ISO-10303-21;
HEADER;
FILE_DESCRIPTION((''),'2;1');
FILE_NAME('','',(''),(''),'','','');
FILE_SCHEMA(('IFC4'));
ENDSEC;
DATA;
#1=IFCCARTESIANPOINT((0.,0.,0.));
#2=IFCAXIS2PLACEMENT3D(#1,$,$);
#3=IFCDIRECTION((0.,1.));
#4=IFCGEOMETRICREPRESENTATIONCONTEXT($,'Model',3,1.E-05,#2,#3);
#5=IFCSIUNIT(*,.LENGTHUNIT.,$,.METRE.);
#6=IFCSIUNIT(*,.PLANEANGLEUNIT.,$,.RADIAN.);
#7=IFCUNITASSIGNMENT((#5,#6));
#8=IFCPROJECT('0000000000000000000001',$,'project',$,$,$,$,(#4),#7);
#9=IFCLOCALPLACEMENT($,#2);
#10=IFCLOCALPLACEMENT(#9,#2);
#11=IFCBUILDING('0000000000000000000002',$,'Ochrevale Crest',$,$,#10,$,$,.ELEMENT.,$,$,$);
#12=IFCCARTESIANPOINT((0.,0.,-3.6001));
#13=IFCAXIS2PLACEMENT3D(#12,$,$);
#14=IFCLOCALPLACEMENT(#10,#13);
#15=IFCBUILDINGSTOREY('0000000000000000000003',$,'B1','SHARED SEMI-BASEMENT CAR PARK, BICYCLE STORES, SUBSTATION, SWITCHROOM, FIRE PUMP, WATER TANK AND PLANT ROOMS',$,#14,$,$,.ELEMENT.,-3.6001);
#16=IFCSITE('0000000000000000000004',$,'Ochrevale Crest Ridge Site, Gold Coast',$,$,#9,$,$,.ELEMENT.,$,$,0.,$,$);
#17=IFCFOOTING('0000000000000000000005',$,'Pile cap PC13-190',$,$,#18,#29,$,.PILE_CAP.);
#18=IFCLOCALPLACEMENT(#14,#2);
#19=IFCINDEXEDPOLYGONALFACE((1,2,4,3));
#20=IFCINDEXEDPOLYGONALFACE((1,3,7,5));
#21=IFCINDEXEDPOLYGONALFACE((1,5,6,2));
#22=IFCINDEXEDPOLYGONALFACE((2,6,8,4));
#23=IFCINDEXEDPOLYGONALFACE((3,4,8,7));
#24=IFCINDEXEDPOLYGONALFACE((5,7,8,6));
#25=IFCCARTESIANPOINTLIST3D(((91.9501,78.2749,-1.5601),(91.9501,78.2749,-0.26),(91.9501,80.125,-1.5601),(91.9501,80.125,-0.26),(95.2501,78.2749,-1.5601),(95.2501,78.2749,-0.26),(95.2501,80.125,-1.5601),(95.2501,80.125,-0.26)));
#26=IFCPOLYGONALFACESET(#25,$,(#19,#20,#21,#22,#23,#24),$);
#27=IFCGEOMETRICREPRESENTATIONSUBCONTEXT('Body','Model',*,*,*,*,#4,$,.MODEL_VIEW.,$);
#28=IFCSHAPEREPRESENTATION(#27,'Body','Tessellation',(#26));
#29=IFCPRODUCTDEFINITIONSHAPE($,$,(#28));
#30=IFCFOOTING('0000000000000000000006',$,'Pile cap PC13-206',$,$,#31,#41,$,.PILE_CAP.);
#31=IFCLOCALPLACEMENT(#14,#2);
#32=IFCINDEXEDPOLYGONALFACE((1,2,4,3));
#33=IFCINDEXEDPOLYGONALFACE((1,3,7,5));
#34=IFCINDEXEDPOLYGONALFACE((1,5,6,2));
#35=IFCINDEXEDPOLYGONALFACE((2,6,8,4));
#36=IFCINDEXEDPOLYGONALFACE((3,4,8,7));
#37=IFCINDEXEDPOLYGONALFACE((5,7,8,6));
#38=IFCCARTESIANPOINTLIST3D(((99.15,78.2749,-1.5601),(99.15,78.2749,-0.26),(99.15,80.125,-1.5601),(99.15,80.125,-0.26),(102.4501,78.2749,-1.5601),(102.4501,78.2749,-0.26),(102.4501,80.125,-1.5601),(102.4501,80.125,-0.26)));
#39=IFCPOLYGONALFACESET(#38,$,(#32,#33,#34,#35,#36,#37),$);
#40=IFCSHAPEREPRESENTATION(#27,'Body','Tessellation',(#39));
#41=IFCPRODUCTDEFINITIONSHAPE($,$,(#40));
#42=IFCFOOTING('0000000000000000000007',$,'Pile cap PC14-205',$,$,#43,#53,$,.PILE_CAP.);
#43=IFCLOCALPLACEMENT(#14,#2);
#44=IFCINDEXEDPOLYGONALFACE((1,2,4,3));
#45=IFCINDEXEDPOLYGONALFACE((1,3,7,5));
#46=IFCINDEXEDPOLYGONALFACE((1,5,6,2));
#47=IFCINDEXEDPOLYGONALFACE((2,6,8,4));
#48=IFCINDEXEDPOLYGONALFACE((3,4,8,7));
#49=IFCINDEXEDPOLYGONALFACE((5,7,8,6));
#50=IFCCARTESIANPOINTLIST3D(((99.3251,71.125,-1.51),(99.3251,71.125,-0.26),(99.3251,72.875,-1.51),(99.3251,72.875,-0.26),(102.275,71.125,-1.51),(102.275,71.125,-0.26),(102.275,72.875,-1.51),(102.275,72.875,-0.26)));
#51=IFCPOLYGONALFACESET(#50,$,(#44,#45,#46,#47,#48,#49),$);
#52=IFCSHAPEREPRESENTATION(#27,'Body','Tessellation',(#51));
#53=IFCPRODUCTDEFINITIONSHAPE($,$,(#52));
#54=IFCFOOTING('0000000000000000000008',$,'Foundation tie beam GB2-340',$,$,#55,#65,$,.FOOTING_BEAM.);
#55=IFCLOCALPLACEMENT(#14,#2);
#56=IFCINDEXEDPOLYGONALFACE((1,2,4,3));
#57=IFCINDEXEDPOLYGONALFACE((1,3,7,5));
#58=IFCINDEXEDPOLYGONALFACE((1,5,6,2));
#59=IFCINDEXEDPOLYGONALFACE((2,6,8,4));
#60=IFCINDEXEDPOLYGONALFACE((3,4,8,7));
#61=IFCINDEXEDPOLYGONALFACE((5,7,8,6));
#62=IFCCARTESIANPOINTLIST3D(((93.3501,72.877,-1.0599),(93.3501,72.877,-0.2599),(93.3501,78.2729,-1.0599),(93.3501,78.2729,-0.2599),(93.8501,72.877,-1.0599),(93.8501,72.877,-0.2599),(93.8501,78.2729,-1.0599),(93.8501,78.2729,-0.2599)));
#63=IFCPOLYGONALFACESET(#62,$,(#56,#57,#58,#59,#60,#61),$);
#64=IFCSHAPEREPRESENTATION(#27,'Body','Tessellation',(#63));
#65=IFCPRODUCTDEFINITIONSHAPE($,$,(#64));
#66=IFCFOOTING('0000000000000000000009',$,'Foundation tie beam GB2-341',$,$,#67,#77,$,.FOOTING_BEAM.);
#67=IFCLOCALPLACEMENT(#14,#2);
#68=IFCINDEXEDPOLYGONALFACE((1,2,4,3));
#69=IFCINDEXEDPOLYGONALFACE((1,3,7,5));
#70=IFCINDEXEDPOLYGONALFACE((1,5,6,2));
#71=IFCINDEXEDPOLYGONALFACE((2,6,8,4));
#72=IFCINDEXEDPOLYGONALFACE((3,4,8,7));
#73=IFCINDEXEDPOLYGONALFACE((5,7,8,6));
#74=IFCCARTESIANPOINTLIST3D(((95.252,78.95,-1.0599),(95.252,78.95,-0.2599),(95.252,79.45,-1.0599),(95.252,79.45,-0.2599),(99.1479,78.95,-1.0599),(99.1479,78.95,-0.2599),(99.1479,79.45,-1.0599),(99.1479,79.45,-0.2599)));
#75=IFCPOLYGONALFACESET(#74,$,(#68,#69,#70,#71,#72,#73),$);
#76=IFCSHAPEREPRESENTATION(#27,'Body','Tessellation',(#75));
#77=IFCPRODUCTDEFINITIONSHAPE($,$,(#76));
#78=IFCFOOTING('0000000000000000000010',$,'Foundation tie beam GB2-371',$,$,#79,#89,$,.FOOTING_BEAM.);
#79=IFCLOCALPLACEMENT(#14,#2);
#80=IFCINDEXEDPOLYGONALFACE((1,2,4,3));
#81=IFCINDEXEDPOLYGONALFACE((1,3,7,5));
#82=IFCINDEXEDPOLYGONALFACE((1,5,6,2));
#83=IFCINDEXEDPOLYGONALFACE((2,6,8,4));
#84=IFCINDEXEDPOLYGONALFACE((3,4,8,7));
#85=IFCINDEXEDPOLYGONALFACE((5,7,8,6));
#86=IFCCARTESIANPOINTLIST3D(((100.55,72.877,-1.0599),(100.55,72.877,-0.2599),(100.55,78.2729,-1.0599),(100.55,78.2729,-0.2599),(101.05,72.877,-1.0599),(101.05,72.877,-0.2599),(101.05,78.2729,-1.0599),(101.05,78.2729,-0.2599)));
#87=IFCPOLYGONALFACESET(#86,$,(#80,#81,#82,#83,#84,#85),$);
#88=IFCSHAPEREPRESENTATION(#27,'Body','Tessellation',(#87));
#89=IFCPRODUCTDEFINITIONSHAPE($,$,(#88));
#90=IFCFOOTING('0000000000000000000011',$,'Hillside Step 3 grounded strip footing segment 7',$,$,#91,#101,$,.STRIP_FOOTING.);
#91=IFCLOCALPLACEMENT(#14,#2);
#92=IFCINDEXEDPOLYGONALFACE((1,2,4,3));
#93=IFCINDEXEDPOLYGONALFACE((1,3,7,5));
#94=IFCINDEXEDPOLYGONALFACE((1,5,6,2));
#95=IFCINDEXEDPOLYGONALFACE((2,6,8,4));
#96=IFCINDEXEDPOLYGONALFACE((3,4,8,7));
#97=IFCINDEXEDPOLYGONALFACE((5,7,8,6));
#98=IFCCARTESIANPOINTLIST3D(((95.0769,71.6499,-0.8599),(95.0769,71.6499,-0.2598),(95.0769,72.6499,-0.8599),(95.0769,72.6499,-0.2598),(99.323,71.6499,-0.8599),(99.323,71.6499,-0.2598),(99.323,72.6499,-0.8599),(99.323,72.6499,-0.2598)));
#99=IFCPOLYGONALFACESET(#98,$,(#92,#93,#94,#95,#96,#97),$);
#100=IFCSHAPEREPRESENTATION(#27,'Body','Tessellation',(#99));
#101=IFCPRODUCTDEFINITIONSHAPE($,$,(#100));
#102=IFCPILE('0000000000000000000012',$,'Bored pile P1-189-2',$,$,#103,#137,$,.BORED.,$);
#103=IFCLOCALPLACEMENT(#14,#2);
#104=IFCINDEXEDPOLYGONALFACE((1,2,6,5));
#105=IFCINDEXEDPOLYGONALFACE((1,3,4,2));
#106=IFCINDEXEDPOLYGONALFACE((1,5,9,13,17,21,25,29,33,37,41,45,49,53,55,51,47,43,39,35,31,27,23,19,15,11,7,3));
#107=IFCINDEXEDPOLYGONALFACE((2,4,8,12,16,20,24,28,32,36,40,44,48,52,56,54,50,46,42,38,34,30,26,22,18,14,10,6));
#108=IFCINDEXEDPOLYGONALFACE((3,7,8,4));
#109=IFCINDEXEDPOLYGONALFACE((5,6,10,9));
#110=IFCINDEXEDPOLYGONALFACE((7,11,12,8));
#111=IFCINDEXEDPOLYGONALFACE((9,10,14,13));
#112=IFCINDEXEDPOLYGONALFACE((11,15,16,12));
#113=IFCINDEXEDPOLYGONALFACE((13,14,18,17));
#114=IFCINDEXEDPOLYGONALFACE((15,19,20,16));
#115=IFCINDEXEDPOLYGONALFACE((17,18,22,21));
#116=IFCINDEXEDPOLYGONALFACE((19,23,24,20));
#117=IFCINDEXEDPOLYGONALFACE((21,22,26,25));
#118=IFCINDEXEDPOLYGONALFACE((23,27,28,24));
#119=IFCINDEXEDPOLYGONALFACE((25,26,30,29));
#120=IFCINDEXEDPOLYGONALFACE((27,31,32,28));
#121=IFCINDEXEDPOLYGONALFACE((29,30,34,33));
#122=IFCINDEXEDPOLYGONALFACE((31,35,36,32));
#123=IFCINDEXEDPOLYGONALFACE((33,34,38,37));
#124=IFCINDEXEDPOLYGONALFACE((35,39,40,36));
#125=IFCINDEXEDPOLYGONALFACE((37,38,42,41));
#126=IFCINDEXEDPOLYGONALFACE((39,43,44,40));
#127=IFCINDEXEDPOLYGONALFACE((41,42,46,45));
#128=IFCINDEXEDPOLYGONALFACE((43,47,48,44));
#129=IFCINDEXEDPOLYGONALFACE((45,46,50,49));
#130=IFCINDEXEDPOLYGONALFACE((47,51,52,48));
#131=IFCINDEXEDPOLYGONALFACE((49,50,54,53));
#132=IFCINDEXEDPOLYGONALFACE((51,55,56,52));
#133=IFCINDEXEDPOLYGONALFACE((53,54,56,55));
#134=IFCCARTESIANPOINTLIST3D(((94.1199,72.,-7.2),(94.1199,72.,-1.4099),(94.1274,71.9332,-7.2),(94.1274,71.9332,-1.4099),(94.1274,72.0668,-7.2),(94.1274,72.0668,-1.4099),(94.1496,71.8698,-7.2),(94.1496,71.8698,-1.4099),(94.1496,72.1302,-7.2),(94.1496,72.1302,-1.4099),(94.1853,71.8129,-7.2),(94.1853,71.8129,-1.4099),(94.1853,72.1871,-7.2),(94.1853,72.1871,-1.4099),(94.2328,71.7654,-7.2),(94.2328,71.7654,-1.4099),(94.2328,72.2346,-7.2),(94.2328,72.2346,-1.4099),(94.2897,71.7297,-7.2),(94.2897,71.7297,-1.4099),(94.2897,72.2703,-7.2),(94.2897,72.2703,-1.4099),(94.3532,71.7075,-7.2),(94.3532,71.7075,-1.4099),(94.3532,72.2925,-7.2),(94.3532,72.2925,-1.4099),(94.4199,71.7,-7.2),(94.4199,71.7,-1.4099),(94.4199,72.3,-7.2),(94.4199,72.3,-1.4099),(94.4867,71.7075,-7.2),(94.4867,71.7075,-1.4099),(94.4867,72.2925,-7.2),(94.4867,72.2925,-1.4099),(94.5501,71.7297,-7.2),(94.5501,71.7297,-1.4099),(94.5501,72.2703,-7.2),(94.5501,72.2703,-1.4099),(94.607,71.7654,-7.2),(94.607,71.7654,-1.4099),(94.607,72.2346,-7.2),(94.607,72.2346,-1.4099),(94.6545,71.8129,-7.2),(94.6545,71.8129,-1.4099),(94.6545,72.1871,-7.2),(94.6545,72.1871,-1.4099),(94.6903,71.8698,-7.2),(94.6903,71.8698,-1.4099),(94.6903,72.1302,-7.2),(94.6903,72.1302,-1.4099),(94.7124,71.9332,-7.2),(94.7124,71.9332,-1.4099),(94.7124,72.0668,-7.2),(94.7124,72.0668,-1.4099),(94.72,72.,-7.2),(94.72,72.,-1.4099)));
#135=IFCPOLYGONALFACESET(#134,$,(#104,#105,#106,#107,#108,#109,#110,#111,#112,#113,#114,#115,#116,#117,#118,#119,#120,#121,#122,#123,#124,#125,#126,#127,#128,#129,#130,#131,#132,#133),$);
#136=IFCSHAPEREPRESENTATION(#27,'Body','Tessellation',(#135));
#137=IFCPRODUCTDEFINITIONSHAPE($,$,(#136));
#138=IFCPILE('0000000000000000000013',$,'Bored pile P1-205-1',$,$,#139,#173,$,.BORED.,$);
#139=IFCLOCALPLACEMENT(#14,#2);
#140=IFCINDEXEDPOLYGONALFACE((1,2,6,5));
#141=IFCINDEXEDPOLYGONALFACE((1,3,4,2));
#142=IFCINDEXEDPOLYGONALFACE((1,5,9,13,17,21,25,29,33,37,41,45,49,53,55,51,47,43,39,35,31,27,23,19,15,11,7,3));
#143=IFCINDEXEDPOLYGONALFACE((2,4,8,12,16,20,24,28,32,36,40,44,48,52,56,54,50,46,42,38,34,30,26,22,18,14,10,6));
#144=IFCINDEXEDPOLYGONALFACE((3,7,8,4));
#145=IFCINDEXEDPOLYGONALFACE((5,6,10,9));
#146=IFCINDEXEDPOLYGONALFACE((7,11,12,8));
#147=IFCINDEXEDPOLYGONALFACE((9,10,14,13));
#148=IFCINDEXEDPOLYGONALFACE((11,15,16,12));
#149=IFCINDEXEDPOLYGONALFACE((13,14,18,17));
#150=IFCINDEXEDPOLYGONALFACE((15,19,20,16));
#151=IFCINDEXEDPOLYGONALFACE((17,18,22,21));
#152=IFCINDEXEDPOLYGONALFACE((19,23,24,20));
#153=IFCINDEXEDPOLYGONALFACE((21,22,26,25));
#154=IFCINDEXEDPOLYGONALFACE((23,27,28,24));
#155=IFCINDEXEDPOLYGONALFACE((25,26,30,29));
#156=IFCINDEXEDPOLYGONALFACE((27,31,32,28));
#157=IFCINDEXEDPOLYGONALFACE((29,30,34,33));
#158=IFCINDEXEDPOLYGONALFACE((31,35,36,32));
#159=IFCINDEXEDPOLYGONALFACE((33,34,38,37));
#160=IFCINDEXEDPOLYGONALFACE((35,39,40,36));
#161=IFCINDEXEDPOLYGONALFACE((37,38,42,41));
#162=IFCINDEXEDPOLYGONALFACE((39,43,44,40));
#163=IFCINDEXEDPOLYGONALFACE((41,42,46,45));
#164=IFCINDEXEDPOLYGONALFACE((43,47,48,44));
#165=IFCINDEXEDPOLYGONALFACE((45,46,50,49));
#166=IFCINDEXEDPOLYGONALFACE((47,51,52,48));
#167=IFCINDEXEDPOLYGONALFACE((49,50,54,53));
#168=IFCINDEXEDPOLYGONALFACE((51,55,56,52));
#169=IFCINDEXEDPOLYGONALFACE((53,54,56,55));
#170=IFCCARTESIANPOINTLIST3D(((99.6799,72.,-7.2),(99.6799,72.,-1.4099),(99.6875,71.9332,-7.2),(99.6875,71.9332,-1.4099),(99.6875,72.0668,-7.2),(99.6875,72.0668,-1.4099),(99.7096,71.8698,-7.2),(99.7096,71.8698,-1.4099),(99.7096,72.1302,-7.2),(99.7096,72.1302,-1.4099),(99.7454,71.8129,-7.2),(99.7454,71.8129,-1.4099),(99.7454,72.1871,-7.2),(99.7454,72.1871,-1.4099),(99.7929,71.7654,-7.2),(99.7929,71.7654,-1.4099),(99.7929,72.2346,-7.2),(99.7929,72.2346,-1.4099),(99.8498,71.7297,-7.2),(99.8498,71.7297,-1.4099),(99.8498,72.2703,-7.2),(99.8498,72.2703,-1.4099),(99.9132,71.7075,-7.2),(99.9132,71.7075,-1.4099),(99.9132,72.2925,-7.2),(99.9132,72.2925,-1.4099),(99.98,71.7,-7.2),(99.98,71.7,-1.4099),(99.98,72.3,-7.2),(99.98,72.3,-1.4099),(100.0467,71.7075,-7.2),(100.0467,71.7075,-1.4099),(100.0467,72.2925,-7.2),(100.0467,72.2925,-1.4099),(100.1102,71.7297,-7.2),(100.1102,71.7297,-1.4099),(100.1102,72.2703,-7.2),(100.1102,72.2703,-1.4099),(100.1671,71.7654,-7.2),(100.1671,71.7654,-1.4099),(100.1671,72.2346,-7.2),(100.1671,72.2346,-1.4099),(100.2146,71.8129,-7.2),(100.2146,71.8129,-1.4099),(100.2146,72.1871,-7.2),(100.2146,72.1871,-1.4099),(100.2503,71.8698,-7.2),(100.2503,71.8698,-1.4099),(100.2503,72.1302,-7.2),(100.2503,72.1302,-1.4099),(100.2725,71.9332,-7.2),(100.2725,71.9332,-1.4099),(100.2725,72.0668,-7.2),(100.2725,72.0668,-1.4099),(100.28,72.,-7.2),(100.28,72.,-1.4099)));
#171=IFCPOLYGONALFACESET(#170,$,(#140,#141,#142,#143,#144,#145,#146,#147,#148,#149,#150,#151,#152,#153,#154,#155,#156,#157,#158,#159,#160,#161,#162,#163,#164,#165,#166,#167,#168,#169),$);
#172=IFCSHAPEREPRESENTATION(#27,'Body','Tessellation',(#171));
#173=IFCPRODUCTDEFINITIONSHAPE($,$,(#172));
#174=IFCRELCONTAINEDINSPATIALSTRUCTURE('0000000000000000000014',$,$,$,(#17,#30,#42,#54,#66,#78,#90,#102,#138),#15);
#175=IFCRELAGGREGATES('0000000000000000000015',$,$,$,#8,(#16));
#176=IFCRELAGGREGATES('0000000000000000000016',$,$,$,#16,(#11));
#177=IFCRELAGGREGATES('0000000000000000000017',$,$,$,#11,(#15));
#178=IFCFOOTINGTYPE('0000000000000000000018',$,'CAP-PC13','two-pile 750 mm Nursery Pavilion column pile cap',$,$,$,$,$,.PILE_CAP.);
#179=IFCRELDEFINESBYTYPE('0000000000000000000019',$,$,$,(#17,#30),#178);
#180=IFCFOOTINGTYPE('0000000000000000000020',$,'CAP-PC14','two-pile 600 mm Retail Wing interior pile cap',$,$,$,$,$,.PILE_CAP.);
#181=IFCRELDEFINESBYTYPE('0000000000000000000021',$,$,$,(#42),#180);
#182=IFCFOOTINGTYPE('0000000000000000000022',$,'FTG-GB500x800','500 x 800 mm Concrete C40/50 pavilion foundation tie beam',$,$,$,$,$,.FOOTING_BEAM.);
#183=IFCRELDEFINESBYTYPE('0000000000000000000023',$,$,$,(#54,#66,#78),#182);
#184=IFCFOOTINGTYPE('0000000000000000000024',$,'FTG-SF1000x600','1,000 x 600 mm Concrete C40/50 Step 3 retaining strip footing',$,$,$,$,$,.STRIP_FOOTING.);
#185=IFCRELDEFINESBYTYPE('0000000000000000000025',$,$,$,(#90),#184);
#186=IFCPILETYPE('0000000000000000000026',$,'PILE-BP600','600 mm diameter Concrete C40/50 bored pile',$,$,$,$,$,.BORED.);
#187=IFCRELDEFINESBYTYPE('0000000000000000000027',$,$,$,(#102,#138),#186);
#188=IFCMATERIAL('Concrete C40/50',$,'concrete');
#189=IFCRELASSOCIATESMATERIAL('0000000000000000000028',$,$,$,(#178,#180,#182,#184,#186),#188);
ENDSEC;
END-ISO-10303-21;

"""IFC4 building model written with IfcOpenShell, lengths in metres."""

from ifc_helpers import new_model, si_unit, direction, frame, origin, origin_2d, place, context, subcontext, project, spatial, rectangle, circle, extrude, material, material_profile, profile_set, type_object, element, save


model = new_model("IFC4")

# Units and contexts
model_context = context("Model", 3, precision=1e-05, world=origin(), true_north=direction((0.0, 1.0)))
body_context = subcontext(model_context, "Body", "Model", "MODEL_VIEW")
ifc_project = project(units=[si_unit("LENGTHUNIT", "METRE"), si_unit("PLANEANGLEUNIT", "RADIAN")], contexts=[model_context])

# Site, building, storey
site_placement = place(None, origin())
site = spatial("IfcSite", under=ifc_project, at=site_placement, Name="Ochrevale Crest Ridge Site, Gold Coast", CompositionType="ELEMENT", RefElevation=0.0)
building_placement = place(site_placement, origin())
building = spatial("IfcBuilding", under=site, at=building_placement, Name="Ochrevale Crest", CompositionType="ELEMENT")
storey_placement = place(building_placement, frame((0.0, 0.0, -3.6001)))
storey = spatial("IfcBuildingStorey", under=building, at=storey_placement, Name="B1", Description="SHARED SEMI-BASEMENT CAR PARK, BICYCLE STORES, SUBSTATION, SWITCHROOM, FIRE PUMP, WATER TANK AND PLANT ROOMS", CompositionType="ELEMENT", Elevation=-3.6001)

# Footings
ifc_material_1 = material(Name="Concrete C40/50", Category="concrete")
footing_type_1 = type_object("IfcFootingType", Name="CAP-PC13", Description="two-pile 750 mm Nursery Pavilion column pile cap", PredefinedType="PILE_CAP", material=ifc_material_1)
for number, where, z_axis, x_axis, name in (
    (1, (93.6001, 79.2, -1.5601), (0.0, 0.0, 1.0), (1.0, 0.0, 0.0), "Pile cap PC13-190"),
    (2, (100.8, 79.2, -1.5601), (0.0, 0.0, 1.0), (1.0, 0.0, 0.0), "Pile cap PC13-206"),
):
    element("IfcFooting", number, at=place(storey_placement, frame(where, z_axis=z_axis, x_axis=x_axis)), inside=storey, type_object=footing_type_1, Name=name, PredefinedType="PILE_CAP", context=body_context, shape_type="SweptSolid", body=[
        extrude(rectangle(XDim=3.3, YDim=1.8501, at=origin_2d()), origin(), (0.0, 0.0, 1.0), 1.3),
    ])
footing_type_2 = type_object("IfcFootingType", Name="CAP-PC14", Description="two-pile 600 mm Retail Wing interior pile cap", PredefinedType="PILE_CAP", material=ifc_material_1)
footing_1_placement = place(storey_placement, frame((100.8, 72.0, -1.51), z_axis=(0.0, 0.0, 1.0), x_axis=(1.0, 0.0, 0.0)))
element("IfcFooting", 3, at=footing_1_placement, inside=storey, type_object=footing_type_2, Name="Pile cap PC14-205", PredefinedType="PILE_CAP", context=body_context, shape_type="SweptSolid", body=[
    extrude(rectangle(XDim=2.95, YDim=1.75, at=origin_2d()), origin(), (0.0, 0.0, 1.0), 1.25),
])
ifc_material_profile_1 = material_profile(ifc_material_1, rectangle(XDim=0.5, YDim=0.8, at=origin_2d()), Name="GB 500x800")
ifc_profile_set_1 = profile_set([ifc_material_profile_1], Name="Concrete C40/50")
footing_type_3 = type_object("IfcFootingType", Name="FTG-GB500x800", Description="500 x 800 mm Concrete C40/50 pavilion foundation tie beam", PredefinedType="FOOTING_BEAM", material=ifc_profile_set_1)
footing_2_placement = place(storey_placement, frame((93.6001, 72.877, -0.6599), z_axis=(0.0, 1.0, 0.0), x_axis=(-1.0, 0.0, 0.0)))
element("IfcFooting", 4, at=footing_2_placement, inside=storey, type_object=footing_type_3, Name="Foundation tie beam GB2-340", PredefinedType="FOOTING_BEAM", context=body_context, shape_type="SweptSolid", body=[
    extrude(rectangle(XDim=0.5, YDim=0.8, at=origin_2d()), origin(), (0.0, 0.0, 1.0), 5.396),
])
footing_3_placement = place(storey_placement, frame((95.252, 79.2, -0.6599), z_axis=(1.0, 0.0, 0.0), x_axis=(0.0, 1.0, 0.0)))
element("IfcFooting", 5, at=footing_3_placement, inside=storey, type_object=footing_type_3, Name="Foundation tie beam GB2-341", PredefinedType="FOOTING_BEAM", context=body_context, shape_type="SweptSolid", body=[
    extrude(rectangle(XDim=0.5, YDim=0.8, at=origin_2d()), origin(), (0.0, 0.0, 1.0), 3.896),
])
footing_4_placement = place(storey_placement, frame((100.8, 72.877, -0.6599), z_axis=(0.0, 1.0, 0.0), x_axis=(-1.0, 0.0, 0.0)))
element("IfcFooting", 6, at=footing_4_placement, inside=storey, type_object=footing_type_3, Name="Foundation tie beam GB2-371", PredefinedType="FOOTING_BEAM", context=body_context, shape_type="SweptSolid", body=[
    extrude(rectangle(XDim=0.5, YDim=0.8, at=origin_2d()), origin(), (0.0, 0.0, 1.0), 5.396),
])
ifc_material_profile_2 = material_profile(ifc_material_1, rectangle(XDim=1.0, YDim=0.6001, at=origin_2d()), Name="SF 1000x600")
ifc_profile_set_2 = profile_set([ifc_material_profile_2], Name="Concrete C40/50")
footing_type_4 = type_object("IfcFootingType", Name="FTG-SF1000x600", Description="1,000 x 600 mm Concrete C40/50 Step 3 retaining strip footing", PredefinedType="STRIP_FOOTING", material=ifc_profile_set_2)
footing_5_placement = place(storey_placement, frame((95.0769, 72.1499, -0.5598), z_axis=(1.0, 0.0, 0.0), x_axis=(0.0, 1.0, 0.0)))
element("IfcFooting", 7, at=footing_5_placement, inside=storey, type_object=footing_type_4, Name="Hillside Step 3 grounded strip footing segment 7", PredefinedType="STRIP_FOOTING", context=body_context, shape_type="SweptSolid", body=[
    extrude(rectangle(XDim=1.0, YDim=0.6001, at=origin_2d()), origin(), (0.0, 0.0, 1.0), 4.2461),
])

# Piles
ifc_material_profile_3 = material_profile(ifc_material_1, circle(Radius=0.3, at=origin_2d()), Name="BORED PILE 600")
ifc_profile_set_3 = profile_set([ifc_material_profile_3], Name="Concrete C40/50")
pile_type_1 = type_object("IfcPileType", Name="PILE-BP600", Description="600 mm diameter Concrete C40/50 bored pile", PredefinedType="BORED", material=ifc_profile_set_3)
for number, where, z_axis, x_axis, name in (
    (8, (94.4199, 72.0, -1.4099), (0.0, 0.0, -1.0), (1.0, 0.0, 0.0), "Bored pile P1-189-2"),
    (9, (99.98, 72.0, -1.4099), (0.0, 0.0, -1.0), (1.0, 0.0, 0.0), "Bored pile P1-205-1"),
):
    element("IfcPile", number, at=place(storey_placement, frame(where, z_axis=z_axis, x_axis=x_axis)), inside=storey, type_object=pile_type_1, Name=name, PredefinedType="BORED", context=body_context, shape_type="SweptSolid", body=[
        extrude(circle(Radius=0.3, at=origin_2d()), origin(), (0.0, 0.0, 1.0), 5.79),
    ])

save(model, "model.ifc")
